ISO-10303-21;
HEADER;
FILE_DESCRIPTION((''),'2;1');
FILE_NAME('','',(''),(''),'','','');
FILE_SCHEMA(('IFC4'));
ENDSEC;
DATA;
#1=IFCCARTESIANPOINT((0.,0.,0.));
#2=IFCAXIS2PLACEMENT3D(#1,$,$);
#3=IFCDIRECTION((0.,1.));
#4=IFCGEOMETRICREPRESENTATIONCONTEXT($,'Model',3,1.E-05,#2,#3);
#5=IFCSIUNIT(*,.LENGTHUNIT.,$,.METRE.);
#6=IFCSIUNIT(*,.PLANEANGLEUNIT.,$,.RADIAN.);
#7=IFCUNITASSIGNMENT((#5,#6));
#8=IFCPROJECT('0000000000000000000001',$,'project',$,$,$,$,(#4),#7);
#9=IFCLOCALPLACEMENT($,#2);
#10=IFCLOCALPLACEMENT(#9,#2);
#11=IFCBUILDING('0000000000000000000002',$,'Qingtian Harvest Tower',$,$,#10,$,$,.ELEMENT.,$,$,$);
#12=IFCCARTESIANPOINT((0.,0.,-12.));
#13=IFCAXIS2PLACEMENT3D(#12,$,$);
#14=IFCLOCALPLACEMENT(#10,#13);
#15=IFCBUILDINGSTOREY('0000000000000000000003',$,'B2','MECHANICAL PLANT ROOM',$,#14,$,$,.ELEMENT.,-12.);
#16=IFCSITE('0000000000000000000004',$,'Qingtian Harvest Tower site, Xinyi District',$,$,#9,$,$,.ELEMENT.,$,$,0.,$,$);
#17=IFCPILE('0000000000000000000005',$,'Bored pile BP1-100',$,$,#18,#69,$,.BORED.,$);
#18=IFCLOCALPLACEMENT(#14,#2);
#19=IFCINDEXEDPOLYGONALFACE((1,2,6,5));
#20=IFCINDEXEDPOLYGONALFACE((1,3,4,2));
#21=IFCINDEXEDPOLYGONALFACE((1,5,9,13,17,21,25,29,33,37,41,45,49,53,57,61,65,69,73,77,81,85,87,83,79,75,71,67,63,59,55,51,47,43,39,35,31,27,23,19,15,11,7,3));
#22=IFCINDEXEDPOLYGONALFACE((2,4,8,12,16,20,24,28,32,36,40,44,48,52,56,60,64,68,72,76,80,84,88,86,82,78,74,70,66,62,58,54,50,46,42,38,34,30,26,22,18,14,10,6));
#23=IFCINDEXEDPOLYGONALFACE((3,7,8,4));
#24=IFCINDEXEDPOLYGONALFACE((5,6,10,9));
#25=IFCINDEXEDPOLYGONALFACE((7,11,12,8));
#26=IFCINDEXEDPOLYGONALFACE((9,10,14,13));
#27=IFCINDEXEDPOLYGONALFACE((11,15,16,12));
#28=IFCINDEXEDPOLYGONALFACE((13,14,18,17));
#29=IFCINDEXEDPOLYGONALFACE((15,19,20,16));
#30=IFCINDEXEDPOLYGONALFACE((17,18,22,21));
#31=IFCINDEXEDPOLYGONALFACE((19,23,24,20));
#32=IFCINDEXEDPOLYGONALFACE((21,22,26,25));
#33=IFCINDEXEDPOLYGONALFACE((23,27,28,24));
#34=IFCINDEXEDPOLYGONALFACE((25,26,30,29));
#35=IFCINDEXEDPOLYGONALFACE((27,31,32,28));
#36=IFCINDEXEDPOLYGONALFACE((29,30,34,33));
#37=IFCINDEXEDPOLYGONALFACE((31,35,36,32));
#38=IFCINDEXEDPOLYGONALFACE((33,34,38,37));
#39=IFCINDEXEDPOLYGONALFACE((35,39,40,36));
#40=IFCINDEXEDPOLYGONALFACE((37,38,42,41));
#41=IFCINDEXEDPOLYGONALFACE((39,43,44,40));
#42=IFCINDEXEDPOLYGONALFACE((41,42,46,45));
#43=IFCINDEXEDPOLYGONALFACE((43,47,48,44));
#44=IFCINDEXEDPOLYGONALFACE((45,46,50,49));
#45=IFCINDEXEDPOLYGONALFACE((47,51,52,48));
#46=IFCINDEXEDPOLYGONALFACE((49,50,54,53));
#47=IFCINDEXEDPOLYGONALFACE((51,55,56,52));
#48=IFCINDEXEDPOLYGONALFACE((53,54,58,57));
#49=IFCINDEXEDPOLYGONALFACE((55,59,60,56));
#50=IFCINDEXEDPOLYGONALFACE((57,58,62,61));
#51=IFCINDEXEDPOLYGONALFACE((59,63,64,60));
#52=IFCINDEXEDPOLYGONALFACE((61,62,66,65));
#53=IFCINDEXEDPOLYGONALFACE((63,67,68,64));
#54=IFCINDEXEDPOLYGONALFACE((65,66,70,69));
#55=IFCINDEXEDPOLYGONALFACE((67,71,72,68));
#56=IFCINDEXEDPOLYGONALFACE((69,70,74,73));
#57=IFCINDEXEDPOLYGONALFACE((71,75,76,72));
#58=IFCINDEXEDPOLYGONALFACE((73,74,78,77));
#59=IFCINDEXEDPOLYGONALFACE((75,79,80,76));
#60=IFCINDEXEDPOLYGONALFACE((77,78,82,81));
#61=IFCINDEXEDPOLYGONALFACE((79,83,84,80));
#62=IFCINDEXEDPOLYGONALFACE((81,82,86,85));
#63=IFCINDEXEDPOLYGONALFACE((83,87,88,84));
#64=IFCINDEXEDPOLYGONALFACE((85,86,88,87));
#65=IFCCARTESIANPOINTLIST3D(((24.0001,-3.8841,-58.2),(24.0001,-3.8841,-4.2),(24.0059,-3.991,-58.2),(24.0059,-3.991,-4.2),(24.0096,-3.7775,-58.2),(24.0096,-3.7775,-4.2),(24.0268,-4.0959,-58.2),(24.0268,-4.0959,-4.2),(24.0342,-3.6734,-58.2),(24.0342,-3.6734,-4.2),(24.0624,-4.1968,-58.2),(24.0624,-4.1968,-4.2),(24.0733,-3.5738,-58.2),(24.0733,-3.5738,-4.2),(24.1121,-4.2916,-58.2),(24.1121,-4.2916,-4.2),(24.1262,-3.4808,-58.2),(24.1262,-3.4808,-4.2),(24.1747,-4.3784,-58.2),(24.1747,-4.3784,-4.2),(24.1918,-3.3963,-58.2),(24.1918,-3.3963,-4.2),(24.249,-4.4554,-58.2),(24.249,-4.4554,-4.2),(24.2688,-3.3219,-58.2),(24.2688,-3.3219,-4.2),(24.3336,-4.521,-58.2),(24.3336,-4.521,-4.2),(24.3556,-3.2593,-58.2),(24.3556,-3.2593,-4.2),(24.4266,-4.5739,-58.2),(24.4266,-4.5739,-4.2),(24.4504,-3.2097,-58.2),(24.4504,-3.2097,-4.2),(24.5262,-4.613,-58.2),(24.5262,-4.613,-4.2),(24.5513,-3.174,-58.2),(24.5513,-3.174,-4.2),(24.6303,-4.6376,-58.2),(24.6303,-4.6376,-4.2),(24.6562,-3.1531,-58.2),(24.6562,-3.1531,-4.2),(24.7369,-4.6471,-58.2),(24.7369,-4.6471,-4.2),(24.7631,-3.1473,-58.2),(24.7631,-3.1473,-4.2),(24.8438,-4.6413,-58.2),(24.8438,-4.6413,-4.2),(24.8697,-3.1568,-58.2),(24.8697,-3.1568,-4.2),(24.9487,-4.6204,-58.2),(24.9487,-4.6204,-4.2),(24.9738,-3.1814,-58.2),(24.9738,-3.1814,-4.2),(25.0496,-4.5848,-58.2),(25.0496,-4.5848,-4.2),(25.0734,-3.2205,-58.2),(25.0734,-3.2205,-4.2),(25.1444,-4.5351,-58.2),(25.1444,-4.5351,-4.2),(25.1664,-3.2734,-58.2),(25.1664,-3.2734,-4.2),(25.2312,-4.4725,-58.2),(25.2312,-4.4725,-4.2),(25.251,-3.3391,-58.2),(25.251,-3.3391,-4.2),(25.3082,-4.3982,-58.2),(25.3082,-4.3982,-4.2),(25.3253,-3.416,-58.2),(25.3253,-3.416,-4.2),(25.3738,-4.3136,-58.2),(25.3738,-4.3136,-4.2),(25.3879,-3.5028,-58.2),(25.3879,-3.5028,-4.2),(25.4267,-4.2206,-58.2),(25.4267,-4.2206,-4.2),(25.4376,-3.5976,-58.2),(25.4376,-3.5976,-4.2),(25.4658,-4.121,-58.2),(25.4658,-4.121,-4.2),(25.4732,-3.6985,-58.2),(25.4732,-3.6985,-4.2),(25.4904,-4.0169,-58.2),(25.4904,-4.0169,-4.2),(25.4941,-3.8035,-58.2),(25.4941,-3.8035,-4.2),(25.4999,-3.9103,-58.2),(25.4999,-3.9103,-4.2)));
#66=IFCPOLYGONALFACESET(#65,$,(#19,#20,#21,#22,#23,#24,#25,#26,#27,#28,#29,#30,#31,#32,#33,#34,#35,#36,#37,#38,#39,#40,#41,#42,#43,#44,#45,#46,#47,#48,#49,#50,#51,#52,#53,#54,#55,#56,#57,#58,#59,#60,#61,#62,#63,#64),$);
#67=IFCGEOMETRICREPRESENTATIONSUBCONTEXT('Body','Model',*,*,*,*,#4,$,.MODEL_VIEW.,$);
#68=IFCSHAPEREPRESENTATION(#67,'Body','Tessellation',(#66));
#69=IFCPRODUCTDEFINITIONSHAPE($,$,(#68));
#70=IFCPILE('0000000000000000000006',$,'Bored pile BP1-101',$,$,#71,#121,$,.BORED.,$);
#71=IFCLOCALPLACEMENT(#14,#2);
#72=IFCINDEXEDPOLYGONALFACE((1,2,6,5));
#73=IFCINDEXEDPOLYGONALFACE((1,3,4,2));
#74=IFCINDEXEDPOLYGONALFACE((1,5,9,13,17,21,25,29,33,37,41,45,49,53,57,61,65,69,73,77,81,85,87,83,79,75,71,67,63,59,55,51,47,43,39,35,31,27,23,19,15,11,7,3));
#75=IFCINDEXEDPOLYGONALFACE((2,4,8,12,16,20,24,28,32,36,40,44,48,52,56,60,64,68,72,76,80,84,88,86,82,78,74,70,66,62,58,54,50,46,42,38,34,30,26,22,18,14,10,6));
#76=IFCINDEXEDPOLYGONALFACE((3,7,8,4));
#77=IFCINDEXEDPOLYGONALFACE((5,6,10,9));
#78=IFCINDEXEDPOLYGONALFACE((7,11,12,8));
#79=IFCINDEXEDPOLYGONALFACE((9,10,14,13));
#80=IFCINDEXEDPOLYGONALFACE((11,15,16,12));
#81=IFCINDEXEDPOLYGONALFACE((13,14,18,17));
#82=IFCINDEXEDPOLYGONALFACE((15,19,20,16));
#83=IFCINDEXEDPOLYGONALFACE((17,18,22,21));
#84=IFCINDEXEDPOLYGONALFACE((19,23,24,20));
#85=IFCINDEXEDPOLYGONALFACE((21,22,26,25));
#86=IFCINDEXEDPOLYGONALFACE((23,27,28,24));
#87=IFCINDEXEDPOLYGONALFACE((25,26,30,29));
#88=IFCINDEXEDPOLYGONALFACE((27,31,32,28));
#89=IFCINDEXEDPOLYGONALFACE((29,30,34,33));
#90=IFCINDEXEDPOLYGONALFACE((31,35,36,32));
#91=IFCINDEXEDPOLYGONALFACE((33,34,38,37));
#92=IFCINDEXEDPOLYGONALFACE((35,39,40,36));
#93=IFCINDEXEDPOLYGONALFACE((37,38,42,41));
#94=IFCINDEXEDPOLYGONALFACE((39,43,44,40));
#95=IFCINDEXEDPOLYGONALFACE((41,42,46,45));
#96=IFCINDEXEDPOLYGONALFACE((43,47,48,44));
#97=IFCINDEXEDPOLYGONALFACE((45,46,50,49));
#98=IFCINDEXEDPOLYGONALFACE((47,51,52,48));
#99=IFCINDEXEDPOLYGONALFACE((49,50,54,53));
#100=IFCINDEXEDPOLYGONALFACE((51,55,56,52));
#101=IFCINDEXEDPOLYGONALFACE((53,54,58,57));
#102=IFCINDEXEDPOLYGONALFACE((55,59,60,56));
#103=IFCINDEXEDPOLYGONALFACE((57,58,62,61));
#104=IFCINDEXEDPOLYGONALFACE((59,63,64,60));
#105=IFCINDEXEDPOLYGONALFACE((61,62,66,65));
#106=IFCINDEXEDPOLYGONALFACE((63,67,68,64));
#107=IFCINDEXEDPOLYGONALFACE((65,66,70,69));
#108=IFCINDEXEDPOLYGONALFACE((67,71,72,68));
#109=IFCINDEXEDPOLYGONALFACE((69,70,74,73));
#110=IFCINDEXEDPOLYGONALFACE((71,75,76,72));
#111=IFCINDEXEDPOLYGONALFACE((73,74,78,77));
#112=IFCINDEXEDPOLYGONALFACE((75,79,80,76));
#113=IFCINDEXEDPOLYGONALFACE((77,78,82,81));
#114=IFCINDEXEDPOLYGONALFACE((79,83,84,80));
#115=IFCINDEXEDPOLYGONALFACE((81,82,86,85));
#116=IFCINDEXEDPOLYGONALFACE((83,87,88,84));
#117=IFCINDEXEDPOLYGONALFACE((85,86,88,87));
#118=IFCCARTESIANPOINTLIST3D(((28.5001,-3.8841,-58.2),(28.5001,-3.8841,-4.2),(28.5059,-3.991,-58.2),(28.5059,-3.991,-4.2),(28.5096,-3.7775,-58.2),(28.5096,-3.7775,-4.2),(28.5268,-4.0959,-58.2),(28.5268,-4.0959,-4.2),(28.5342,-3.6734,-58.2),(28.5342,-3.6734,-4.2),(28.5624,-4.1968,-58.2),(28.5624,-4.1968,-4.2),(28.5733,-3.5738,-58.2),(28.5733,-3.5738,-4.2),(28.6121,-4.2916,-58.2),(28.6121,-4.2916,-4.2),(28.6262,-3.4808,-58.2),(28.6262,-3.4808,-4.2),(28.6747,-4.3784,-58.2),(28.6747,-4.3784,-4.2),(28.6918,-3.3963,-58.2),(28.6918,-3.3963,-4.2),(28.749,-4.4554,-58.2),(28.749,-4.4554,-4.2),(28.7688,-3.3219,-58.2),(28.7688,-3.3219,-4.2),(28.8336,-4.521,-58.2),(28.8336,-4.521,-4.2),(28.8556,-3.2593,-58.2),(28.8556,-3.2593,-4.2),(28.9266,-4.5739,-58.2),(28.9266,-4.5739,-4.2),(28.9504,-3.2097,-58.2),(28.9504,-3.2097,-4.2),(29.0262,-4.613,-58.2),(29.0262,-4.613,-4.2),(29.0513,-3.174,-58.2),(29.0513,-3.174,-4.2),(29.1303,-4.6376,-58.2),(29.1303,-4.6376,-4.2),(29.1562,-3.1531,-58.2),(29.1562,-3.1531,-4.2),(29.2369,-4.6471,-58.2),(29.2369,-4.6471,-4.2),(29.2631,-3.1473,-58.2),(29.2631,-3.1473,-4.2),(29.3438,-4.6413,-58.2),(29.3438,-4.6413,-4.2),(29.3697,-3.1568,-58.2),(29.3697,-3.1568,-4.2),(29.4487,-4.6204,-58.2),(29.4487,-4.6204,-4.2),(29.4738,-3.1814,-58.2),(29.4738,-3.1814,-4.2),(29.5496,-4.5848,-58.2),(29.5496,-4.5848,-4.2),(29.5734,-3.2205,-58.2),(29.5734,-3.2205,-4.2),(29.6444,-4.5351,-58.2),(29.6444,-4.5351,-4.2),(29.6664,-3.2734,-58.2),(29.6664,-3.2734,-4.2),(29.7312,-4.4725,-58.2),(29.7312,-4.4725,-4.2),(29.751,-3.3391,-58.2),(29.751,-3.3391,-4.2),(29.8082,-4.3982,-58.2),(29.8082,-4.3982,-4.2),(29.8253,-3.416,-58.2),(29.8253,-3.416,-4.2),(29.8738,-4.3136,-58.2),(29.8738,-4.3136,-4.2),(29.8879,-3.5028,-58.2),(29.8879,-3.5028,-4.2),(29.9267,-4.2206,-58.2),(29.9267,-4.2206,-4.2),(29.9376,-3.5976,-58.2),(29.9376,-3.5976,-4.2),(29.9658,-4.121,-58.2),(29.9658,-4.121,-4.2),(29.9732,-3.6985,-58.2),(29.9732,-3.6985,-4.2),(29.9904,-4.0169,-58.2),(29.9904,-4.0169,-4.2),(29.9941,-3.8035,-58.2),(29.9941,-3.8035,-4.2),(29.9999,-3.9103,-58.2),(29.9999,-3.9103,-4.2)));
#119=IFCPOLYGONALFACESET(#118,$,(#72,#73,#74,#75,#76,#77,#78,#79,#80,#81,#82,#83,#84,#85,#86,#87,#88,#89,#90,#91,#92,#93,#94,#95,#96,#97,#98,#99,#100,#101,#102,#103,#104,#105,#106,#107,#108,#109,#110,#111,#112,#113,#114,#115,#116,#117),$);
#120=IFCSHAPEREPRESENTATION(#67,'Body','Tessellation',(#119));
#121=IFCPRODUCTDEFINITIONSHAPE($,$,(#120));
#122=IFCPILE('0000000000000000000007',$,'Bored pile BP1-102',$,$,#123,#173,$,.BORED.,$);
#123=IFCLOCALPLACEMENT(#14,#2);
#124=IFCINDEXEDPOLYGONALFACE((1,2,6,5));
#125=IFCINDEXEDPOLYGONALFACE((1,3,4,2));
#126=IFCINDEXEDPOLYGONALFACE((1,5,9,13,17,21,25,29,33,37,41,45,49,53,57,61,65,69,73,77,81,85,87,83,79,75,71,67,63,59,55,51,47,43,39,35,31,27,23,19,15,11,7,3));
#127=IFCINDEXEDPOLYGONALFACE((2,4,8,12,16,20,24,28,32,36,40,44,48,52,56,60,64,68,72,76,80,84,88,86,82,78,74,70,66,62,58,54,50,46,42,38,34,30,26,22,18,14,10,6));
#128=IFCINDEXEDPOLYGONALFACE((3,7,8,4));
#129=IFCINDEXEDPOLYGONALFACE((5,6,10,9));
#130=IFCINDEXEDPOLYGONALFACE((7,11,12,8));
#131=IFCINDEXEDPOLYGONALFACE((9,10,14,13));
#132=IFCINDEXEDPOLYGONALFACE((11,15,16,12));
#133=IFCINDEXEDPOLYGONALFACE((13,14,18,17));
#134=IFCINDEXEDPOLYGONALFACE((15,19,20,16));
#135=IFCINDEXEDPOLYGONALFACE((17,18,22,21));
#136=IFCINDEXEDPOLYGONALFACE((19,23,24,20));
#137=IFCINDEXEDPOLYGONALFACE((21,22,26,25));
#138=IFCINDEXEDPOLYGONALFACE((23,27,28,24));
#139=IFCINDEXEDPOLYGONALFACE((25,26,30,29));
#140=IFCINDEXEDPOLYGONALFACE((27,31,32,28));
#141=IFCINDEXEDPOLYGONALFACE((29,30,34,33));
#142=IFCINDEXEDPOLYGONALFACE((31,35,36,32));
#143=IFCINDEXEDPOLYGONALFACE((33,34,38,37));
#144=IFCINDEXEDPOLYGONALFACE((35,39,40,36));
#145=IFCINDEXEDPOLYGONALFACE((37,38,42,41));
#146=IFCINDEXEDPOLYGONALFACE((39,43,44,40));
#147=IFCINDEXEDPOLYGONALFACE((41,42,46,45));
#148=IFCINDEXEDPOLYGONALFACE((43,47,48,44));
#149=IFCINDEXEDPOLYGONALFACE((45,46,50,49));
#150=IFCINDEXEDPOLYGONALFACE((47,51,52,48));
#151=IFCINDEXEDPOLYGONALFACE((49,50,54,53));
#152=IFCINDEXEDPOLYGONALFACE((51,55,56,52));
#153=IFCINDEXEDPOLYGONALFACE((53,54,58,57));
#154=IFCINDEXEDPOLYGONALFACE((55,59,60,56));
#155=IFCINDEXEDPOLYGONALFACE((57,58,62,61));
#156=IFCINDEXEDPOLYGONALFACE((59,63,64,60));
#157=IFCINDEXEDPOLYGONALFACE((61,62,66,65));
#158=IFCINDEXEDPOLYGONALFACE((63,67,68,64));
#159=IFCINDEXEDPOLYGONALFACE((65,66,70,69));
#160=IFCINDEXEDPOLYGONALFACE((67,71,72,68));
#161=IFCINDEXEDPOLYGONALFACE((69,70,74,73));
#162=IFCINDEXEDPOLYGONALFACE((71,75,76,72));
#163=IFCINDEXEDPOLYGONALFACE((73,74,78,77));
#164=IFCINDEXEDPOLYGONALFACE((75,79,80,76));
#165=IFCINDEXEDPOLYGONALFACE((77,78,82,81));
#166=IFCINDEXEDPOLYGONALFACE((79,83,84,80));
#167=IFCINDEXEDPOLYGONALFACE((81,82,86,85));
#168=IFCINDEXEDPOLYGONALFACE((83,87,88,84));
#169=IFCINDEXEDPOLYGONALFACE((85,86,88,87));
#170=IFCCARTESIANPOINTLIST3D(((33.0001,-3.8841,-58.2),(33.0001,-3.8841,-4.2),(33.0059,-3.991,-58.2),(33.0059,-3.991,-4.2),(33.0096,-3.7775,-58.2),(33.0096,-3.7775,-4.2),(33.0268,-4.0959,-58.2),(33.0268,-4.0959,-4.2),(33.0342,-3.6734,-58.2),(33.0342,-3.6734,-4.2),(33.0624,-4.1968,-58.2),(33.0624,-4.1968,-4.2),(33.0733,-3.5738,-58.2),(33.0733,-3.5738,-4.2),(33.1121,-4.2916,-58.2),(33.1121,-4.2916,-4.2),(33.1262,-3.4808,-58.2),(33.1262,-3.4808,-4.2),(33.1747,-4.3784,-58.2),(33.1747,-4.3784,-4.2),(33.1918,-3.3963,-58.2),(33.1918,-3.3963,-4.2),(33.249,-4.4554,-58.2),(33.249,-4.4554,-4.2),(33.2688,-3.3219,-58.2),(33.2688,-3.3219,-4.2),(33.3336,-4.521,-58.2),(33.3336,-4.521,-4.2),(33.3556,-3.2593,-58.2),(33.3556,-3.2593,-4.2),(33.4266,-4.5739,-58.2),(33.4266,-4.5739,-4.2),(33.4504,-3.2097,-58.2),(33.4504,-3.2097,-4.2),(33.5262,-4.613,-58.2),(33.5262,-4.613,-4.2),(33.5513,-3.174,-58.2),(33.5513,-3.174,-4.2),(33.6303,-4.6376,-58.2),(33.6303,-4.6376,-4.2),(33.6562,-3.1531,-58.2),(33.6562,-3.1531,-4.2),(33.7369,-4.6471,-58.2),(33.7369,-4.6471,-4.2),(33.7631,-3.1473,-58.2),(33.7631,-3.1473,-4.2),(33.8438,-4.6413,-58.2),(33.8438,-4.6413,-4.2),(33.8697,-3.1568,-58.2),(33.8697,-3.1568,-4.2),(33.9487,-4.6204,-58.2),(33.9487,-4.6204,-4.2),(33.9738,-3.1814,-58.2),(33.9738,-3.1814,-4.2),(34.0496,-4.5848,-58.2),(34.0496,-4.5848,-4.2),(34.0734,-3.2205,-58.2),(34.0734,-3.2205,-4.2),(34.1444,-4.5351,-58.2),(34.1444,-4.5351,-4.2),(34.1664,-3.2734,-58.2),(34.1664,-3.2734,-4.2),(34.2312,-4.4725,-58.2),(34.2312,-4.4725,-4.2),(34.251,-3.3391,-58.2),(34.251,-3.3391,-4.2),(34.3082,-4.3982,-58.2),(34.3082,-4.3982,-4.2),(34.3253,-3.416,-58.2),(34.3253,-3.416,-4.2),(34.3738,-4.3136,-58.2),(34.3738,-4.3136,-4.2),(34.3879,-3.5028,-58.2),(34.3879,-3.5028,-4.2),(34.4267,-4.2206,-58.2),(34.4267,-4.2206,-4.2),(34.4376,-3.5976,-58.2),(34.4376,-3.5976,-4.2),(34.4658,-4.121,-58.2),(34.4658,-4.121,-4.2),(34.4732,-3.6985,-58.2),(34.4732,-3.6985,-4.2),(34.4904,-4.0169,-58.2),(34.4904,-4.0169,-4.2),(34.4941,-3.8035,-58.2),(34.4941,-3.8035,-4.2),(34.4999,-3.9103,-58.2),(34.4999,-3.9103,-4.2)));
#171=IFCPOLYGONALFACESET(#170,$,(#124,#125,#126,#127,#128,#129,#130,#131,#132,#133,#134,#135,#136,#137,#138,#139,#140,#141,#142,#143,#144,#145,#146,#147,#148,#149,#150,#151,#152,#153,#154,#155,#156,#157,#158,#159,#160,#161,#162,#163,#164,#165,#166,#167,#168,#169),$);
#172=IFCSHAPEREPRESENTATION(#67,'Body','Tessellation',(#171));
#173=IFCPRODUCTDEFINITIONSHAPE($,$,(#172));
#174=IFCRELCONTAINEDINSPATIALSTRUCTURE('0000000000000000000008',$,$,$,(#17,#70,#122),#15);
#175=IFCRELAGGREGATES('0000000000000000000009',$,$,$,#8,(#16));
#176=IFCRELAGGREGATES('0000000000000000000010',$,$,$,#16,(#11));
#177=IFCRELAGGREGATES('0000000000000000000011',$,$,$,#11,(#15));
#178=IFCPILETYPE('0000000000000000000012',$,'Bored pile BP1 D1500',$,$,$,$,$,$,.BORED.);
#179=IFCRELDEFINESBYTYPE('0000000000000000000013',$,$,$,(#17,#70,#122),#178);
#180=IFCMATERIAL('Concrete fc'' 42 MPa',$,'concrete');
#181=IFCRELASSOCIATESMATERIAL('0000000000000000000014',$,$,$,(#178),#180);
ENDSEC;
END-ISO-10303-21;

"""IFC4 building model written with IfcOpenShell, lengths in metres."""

from ifc_helpers import new_model, si_unit, direction, frame, frame_2d, origin, place, context, subcontext, project, spatial, circle, extrude, material, material_profile, profile_set, type_object, element, save


model = new_model("IFC4")

# Units and contexts
model_context = context("Model", 3, precision=1e-05, world=origin(), true_north=direction((0.0, 1.0)))
body_context = subcontext(model_context, "Body", "Model", "MODEL_VIEW")
ifc_project = project(units=[si_unit("LENGTHUNIT", "METRE"), si_unit("PLANEANGLEUNIT", "RADIAN")], contexts=[model_context])

# Site, building, storey
site_placement = place(None, origin())
site = spatial("IfcSite", under=ifc_project, at=site_placement, Name="Qingtian Harvest Tower site, Xinyi District", CompositionType="ELEMENT", RefElevation=0.0)
building_placement = place(site_placement, origin())
building = spatial("IfcBuilding", under=site, at=building_placement, Name="Qingtian Harvest Tower", CompositionType="ELEMENT")
storey_placement = place(building_placement, frame((0.0, 0.0, -12.0)))
storey = spatial("IfcBuildingStorey", under=building, at=storey_placement, Name="B2", Description="MECHANICAL PLANT ROOM", CompositionType="ELEMENT", Elevation=-12.0)

# Piles
ifc_material_1 = material(Name="Concrete fc' 42 MPa", Category="concrete")
ifc_material_profile_1 = material_profile(ifc_material_1, circle(Radius=0.75, at=frame_2d((0.0, 0.0), x_axis=(0.999848, 0.017452))), Name="Bored pile BP1 D1500")
ifc_profile_set_1 = profile_set([ifc_material_profile_1], Name="Concrete fc' 42 MPa")
pile_type = type_object("IfcPileType", Name="Bored pile BP1 D1500", PredefinedType="BORED", material=ifc_profile_set_1)
for number, where, z_axis, x_axis, name in (
    (1, (24.75, -3.8972, -4.2), (0.0, 0.0, -1.0), (1.0, 0.0, 0.0), "Bored pile BP1-100"),
    (2, (29.25, -3.8972, -4.2), (0.0, 0.0, -1.0), (1.0, 0.0, 0.0), "Bored pile BP1-101"),
    (3, (33.75, -3.8972, -4.2), (0.0, 0.0, -1.0), (1.0, 0.0, 0.0), "Bored pile BP1-102"),
):
    element("IfcPile", number, at=place(storey_placement, frame(where, z_axis=z_axis, x_axis=x_axis)), inside=storey, type_object=pile_type, Name=name, PredefinedType="BORED", context=body_context, shape_type="SweptSolid", body=[
        extrude(circle(Radius=0.75, at=frame_2d((0.0, 0.0), x_axis=(0.999848, 0.017452))), origin(), (0.0, 0.0, 1.0), 54.0),
    ])

save(model, "model.ifc")
